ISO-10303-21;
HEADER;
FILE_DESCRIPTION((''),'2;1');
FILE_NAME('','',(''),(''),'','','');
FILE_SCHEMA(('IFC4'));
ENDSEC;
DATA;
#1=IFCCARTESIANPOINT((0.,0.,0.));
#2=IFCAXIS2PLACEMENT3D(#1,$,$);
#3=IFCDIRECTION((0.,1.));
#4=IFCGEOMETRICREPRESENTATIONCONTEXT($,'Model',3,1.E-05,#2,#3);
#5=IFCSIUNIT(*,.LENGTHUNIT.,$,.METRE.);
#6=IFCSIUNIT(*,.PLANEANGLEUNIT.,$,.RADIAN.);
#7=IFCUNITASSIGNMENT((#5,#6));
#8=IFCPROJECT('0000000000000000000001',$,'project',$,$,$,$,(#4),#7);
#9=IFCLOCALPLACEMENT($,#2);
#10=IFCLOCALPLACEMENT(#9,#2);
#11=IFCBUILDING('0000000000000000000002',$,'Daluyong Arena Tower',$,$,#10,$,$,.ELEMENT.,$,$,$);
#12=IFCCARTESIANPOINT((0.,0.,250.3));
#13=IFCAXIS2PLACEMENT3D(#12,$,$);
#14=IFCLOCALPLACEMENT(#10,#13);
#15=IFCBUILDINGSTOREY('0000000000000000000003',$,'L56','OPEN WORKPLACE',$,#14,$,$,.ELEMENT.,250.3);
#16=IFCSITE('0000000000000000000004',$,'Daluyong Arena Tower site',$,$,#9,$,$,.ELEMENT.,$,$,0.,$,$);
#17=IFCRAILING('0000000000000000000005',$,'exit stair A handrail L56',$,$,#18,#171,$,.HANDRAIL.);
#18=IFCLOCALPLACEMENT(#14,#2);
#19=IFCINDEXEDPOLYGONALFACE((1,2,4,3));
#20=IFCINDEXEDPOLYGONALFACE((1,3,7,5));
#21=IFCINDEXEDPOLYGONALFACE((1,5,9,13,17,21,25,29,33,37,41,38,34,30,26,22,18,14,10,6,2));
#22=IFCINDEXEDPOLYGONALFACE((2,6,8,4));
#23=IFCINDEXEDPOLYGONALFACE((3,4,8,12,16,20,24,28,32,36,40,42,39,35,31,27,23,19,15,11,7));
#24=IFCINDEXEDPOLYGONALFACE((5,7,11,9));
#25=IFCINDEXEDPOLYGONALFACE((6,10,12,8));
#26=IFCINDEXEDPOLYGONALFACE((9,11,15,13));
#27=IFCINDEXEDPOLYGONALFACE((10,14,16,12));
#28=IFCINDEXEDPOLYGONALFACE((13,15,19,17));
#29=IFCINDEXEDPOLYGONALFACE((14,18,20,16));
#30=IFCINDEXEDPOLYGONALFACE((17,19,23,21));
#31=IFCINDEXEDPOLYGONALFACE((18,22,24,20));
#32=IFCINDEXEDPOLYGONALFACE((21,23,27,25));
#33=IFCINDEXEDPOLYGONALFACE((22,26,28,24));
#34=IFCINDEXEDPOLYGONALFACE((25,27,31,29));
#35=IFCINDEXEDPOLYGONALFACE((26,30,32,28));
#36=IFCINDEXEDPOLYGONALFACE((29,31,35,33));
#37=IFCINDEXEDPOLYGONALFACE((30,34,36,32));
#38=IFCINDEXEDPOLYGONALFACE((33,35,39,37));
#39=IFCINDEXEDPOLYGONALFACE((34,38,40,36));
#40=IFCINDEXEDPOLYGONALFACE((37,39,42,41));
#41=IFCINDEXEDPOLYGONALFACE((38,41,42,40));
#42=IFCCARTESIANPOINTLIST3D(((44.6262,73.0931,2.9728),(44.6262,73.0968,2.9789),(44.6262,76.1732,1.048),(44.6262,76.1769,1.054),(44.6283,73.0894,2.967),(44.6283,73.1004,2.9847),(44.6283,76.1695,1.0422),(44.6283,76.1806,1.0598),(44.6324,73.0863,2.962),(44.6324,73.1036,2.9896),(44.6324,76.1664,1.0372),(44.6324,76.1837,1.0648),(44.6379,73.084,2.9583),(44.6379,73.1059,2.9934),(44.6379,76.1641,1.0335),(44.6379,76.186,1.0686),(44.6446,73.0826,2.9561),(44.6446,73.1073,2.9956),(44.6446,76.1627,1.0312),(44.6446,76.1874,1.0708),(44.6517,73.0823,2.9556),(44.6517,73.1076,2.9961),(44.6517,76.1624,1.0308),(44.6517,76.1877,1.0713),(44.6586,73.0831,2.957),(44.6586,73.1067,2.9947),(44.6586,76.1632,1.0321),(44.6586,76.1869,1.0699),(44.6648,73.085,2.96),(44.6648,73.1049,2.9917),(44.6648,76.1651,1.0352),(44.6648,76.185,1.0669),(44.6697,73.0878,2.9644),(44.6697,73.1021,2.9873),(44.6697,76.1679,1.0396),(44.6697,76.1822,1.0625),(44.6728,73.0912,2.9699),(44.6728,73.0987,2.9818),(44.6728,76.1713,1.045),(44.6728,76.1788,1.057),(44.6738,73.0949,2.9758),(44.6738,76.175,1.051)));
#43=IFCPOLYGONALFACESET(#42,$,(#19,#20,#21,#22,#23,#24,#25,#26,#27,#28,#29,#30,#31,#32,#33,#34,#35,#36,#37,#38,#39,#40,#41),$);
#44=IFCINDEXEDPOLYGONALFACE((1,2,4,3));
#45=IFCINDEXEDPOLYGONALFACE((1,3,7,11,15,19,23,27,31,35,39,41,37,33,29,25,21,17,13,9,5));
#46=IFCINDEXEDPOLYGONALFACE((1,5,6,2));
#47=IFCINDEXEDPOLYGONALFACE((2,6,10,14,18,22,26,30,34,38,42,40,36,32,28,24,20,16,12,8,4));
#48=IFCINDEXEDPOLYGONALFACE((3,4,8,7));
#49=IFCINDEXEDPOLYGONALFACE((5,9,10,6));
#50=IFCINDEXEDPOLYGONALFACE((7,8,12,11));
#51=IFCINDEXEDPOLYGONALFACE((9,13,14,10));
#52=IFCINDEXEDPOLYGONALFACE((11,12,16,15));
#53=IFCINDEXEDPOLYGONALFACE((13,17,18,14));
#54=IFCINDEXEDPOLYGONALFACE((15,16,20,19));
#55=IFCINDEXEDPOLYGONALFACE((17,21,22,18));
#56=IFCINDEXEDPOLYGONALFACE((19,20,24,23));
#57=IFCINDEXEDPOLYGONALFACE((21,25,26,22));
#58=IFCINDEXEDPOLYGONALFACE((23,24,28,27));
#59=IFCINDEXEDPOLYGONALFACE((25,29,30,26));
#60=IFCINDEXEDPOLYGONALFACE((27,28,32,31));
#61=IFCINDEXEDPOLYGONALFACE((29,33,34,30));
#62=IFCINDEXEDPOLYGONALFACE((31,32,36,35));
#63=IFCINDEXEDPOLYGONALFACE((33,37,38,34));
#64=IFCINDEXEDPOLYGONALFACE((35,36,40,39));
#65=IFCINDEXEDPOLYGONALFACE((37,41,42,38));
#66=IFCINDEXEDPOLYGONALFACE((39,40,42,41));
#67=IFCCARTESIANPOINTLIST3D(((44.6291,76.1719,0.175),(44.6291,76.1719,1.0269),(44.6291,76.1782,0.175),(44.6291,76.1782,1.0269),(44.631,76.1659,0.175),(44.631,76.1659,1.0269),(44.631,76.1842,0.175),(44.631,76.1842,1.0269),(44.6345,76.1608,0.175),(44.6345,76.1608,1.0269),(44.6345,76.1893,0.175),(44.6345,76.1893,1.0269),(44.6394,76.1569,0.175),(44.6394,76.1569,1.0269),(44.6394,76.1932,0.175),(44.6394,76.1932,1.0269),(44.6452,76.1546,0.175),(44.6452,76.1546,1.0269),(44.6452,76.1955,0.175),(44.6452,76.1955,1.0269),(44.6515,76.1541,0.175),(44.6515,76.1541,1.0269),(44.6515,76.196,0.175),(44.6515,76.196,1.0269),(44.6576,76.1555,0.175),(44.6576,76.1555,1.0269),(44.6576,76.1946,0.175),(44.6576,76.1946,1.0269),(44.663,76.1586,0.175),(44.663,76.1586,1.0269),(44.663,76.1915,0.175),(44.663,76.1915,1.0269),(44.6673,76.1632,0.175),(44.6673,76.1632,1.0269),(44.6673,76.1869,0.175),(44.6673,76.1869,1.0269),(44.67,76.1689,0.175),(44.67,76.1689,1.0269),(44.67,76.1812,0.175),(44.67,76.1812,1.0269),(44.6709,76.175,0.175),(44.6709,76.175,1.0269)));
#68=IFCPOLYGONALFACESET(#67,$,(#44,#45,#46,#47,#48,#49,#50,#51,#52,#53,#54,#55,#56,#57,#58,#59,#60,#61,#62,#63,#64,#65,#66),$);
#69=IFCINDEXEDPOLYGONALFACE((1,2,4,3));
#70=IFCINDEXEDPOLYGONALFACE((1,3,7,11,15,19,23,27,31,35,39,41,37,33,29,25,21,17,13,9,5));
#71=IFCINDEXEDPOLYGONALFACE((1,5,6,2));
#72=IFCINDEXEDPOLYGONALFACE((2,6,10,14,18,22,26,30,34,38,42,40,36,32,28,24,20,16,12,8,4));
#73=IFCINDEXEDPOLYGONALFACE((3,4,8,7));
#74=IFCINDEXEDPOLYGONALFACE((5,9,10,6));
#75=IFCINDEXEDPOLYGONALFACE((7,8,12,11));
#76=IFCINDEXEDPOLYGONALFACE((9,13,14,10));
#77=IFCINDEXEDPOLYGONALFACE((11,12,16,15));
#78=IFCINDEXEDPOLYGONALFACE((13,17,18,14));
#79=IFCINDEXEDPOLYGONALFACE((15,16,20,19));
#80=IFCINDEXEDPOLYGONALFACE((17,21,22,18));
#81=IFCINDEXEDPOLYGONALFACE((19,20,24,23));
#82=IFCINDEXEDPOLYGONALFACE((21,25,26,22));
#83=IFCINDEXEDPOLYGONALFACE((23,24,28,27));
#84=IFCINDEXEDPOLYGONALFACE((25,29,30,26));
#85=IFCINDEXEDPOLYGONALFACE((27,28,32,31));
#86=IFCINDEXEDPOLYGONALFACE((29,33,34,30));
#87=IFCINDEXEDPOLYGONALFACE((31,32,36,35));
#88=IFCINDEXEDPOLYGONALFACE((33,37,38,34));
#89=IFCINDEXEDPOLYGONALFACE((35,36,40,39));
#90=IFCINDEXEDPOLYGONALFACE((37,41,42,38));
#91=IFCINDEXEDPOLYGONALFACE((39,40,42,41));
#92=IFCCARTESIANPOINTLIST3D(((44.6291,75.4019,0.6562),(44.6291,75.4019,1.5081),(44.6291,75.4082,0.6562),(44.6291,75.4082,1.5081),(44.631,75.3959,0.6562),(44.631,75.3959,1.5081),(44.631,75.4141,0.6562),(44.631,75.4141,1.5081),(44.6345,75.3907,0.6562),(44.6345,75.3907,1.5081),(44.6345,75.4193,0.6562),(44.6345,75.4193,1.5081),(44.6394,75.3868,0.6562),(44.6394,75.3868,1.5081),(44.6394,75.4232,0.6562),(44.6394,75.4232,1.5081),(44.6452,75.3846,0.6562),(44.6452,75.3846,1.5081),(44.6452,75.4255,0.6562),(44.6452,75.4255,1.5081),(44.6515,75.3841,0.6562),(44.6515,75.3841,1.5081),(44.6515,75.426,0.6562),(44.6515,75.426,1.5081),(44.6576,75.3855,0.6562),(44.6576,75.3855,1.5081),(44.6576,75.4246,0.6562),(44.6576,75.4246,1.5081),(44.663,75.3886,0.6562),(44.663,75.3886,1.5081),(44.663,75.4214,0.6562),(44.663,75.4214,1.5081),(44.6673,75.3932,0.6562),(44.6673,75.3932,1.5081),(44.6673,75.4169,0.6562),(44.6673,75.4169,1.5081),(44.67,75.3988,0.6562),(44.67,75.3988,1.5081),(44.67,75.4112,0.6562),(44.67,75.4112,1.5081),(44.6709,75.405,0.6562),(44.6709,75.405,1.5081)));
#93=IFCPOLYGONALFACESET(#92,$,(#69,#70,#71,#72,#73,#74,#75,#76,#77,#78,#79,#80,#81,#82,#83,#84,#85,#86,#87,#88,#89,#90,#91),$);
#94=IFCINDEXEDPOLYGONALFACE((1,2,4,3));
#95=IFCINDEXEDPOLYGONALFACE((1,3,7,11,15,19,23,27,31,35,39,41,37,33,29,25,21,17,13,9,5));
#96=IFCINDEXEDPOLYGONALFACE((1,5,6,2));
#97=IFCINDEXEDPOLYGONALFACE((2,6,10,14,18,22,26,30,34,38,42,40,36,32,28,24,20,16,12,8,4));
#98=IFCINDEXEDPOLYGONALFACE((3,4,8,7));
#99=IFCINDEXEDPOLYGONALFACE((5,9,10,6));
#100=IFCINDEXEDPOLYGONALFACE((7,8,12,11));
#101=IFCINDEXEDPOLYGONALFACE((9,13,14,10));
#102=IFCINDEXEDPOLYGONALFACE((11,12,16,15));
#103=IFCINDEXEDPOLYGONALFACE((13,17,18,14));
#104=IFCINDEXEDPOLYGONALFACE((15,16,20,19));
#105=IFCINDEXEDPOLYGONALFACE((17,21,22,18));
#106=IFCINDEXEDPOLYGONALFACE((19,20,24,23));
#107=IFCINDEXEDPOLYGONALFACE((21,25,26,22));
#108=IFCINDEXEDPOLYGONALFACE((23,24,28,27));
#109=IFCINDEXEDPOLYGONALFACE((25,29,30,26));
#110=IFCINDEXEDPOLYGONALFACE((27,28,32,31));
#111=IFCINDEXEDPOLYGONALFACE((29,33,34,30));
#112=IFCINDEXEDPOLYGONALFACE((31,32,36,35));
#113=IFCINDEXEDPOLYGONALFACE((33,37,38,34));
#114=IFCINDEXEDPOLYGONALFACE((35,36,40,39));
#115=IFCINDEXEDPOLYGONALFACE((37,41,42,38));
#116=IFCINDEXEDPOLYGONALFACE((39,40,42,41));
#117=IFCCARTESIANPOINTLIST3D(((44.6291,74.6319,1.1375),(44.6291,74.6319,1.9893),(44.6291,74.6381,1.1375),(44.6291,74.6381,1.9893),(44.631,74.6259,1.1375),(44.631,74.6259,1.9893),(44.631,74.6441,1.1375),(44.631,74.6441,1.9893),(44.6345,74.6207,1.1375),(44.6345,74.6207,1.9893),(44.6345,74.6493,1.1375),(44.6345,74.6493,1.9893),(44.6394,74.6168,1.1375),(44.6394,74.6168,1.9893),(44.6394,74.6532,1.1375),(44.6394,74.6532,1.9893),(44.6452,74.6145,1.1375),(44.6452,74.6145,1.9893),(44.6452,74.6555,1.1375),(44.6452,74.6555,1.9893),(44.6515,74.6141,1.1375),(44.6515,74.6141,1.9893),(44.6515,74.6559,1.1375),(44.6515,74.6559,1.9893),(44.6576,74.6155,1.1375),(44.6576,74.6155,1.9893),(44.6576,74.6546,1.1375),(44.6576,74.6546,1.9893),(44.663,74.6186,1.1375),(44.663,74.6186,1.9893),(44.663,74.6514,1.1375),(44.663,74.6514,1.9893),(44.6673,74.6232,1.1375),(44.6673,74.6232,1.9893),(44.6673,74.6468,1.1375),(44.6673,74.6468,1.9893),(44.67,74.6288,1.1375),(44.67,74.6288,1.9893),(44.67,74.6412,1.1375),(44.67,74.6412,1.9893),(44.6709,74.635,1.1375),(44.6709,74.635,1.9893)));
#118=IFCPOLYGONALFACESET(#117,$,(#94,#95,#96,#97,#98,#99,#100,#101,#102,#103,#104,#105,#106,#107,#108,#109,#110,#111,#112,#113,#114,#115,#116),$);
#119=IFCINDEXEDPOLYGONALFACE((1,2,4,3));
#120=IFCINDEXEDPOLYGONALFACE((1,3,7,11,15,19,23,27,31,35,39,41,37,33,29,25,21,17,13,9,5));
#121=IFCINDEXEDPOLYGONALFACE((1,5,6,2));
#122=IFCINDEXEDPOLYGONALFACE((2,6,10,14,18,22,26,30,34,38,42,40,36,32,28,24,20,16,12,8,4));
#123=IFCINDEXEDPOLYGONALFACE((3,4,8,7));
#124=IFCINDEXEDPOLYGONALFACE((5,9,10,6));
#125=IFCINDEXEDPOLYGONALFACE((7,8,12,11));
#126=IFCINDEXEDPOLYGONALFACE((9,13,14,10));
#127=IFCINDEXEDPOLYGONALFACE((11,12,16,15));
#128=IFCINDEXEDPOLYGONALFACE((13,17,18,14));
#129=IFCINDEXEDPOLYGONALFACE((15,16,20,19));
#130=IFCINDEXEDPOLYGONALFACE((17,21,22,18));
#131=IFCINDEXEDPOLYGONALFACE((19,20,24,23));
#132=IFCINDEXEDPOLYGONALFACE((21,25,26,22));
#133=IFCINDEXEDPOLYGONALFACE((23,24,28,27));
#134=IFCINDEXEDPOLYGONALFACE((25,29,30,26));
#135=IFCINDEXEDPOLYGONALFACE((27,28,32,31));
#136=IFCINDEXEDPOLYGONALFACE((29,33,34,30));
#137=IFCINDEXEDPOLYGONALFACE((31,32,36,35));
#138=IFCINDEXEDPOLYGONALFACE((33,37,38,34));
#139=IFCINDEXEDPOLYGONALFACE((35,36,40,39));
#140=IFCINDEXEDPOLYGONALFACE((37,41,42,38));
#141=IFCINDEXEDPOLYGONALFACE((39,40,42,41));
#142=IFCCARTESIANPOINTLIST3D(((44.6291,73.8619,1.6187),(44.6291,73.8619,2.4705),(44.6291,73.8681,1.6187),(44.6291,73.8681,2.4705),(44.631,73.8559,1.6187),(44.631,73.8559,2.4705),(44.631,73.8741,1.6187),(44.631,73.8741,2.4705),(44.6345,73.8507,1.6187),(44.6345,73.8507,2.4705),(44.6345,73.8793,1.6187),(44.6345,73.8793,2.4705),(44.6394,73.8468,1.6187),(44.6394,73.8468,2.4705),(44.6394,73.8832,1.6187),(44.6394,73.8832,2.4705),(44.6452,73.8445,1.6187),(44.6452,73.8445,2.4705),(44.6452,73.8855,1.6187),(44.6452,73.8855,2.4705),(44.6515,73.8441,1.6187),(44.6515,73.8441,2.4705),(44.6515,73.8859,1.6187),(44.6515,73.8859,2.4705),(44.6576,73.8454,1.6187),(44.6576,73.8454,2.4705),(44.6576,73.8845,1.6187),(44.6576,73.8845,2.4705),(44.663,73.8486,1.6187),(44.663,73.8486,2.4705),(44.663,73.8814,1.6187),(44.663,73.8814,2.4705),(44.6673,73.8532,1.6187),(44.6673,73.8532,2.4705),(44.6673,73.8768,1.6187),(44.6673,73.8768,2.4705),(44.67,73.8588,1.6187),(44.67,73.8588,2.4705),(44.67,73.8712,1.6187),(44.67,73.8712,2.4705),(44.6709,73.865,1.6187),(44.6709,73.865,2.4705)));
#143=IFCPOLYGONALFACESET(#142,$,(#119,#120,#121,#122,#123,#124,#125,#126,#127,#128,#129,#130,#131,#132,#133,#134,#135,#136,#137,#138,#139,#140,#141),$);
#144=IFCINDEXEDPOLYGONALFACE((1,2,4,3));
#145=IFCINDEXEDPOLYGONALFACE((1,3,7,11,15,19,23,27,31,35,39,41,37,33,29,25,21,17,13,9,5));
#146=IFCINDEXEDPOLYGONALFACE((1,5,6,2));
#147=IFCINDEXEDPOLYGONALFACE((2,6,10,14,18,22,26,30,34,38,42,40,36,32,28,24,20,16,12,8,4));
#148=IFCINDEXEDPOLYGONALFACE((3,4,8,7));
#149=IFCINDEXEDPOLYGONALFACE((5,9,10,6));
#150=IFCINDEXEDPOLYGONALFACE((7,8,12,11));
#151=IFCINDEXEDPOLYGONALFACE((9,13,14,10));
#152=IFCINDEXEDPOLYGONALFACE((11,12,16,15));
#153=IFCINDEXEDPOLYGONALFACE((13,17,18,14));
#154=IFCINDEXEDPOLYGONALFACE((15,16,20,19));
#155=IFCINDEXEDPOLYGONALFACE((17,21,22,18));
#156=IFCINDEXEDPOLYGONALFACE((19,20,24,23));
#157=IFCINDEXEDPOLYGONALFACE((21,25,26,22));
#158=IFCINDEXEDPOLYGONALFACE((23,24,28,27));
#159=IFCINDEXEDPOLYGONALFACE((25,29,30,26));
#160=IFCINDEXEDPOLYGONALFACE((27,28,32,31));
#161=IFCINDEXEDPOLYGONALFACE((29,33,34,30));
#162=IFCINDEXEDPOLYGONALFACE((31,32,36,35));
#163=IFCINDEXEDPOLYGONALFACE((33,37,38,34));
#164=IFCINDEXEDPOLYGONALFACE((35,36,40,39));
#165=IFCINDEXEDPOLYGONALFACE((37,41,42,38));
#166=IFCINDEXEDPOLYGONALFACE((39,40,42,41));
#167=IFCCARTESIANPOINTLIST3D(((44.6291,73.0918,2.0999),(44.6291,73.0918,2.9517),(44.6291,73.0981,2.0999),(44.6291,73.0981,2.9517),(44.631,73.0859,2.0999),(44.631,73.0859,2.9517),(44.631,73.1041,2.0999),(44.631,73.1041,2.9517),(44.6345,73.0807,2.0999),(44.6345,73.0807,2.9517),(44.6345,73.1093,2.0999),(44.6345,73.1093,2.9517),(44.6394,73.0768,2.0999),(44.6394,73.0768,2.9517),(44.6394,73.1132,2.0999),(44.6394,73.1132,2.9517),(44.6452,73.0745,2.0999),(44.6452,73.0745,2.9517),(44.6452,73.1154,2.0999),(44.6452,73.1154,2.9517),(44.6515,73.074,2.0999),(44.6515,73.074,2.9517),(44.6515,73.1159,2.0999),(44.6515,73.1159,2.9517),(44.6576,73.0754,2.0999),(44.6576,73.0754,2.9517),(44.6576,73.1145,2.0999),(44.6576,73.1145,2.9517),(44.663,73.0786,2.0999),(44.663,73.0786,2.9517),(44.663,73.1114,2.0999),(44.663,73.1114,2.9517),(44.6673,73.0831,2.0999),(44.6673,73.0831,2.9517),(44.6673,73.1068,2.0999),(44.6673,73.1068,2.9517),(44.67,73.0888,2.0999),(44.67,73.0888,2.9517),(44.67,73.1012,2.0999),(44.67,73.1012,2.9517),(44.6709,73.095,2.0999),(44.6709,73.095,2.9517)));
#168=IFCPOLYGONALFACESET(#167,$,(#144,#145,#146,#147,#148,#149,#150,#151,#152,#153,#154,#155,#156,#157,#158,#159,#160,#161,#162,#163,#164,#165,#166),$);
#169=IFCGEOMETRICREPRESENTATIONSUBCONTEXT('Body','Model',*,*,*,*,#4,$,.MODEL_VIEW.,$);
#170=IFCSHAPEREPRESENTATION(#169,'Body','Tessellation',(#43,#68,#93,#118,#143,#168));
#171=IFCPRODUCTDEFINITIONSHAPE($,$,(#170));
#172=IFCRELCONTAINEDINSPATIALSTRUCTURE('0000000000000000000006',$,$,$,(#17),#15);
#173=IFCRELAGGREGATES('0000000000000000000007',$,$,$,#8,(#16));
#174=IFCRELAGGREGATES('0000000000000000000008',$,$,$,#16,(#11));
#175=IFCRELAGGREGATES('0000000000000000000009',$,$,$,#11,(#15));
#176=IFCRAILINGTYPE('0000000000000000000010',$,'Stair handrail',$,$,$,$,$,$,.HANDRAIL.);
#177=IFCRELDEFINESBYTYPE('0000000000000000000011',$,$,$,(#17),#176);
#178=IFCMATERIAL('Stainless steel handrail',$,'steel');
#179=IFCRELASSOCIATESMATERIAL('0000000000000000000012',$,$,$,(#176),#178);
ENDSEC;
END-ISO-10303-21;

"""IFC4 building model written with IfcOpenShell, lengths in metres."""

from ifc_helpers import new_model, si_unit, direction, frame, origin, origin_2d, place, context, subcontext, project, spatial, circle, extrude, material, type_object, element, save


model = new_model("IFC4")

# Units and contexts
model_context = context("Model", 3, precision=1e-05, world=origin(), true_north=direction((0.0, 1.0)))
body_context = subcontext(model_context, "Body", "Model", "MODEL_VIEW")
ifc_project = project(units=[si_unit("LENGTHUNIT", "METRE"), si_unit("PLANEANGLEUNIT", "RADIAN")], contexts=[model_context])

# Site, building, storey
site_placement = place(None, origin())
site = spatial("IfcSite", under=ifc_project, at=site_placement, Name="Daluyong Arena Tower site", CompositionType="ELEMENT", RefElevation=0.0)
building_placement = place(site_placement, origin())
building = spatial("IfcBuilding", under=site, at=building_placement, Name="Daluyong Arena Tower", CompositionType="ELEMENT")
storey_placement = place(building_placement, frame((0.0, 0.0, 250.3)))
storey = spatial("IfcBuildingStorey", under=building, at=storey_placement, Name="L56", Description="OPEN WORKPLACE", CompositionType="ELEMENT", Elevation=250.3)

# Railing
ifc_material_1 = material(Name="Stainless steel handrail", Category="steel")
railing_type_1 = type_object("IfcRailingType", Name="Stair handrail", PredefinedType="HANDRAIL", material=ifc_material_1)
railing_1_placement = place(storey_placement, frame((44.6499, 76.175, 0.175)))
element("IfcRailing", 1, at=railing_1_placement, inside=storey, type_object=railing_type_1, Name="exit stair A handrail L56", PredefinedType="HANDRAIL", context=body_context, shape_type="SweptSolid", body=[
    extrude(circle(Radius=0.0239, at=origin_2d()), frame((0.0, 0.0, 0.876), z_axis=(0.0, -0.848029, 0.529951), x_axis=(1.0, 0.0, 0.0)), (0.0, 0.0, 1.0), 3.6321),
    extrude(circle(Radius=0.021, at=origin_2d()), origin(), (0.0, 0.0, 1.0), 0.8518),
    extrude(circle(Radius=0.021, at=origin_2d()), frame((0.0, -0.77, 0.4812)), (0.0, 0.0, 1.0), 0.8518),
    extrude(circle(Radius=0.021, at=origin_2d()), frame((0.0, -1.54, 0.9624)), (0.0, 0.0, 1.0), 0.8518),
    extrude(circle(Radius=0.021, at=origin_2d()), frame((0.0, -2.3101, 1.4436)), (0.0, 0.0, 1.0), 0.8518),
    extrude(circle(Radius=0.021, at=origin_2d()), frame((0.0, -3.0801, 1.9248)), (0.0, 0.0, 1.0), 0.8518),
])

save(model, "model.ifc")
